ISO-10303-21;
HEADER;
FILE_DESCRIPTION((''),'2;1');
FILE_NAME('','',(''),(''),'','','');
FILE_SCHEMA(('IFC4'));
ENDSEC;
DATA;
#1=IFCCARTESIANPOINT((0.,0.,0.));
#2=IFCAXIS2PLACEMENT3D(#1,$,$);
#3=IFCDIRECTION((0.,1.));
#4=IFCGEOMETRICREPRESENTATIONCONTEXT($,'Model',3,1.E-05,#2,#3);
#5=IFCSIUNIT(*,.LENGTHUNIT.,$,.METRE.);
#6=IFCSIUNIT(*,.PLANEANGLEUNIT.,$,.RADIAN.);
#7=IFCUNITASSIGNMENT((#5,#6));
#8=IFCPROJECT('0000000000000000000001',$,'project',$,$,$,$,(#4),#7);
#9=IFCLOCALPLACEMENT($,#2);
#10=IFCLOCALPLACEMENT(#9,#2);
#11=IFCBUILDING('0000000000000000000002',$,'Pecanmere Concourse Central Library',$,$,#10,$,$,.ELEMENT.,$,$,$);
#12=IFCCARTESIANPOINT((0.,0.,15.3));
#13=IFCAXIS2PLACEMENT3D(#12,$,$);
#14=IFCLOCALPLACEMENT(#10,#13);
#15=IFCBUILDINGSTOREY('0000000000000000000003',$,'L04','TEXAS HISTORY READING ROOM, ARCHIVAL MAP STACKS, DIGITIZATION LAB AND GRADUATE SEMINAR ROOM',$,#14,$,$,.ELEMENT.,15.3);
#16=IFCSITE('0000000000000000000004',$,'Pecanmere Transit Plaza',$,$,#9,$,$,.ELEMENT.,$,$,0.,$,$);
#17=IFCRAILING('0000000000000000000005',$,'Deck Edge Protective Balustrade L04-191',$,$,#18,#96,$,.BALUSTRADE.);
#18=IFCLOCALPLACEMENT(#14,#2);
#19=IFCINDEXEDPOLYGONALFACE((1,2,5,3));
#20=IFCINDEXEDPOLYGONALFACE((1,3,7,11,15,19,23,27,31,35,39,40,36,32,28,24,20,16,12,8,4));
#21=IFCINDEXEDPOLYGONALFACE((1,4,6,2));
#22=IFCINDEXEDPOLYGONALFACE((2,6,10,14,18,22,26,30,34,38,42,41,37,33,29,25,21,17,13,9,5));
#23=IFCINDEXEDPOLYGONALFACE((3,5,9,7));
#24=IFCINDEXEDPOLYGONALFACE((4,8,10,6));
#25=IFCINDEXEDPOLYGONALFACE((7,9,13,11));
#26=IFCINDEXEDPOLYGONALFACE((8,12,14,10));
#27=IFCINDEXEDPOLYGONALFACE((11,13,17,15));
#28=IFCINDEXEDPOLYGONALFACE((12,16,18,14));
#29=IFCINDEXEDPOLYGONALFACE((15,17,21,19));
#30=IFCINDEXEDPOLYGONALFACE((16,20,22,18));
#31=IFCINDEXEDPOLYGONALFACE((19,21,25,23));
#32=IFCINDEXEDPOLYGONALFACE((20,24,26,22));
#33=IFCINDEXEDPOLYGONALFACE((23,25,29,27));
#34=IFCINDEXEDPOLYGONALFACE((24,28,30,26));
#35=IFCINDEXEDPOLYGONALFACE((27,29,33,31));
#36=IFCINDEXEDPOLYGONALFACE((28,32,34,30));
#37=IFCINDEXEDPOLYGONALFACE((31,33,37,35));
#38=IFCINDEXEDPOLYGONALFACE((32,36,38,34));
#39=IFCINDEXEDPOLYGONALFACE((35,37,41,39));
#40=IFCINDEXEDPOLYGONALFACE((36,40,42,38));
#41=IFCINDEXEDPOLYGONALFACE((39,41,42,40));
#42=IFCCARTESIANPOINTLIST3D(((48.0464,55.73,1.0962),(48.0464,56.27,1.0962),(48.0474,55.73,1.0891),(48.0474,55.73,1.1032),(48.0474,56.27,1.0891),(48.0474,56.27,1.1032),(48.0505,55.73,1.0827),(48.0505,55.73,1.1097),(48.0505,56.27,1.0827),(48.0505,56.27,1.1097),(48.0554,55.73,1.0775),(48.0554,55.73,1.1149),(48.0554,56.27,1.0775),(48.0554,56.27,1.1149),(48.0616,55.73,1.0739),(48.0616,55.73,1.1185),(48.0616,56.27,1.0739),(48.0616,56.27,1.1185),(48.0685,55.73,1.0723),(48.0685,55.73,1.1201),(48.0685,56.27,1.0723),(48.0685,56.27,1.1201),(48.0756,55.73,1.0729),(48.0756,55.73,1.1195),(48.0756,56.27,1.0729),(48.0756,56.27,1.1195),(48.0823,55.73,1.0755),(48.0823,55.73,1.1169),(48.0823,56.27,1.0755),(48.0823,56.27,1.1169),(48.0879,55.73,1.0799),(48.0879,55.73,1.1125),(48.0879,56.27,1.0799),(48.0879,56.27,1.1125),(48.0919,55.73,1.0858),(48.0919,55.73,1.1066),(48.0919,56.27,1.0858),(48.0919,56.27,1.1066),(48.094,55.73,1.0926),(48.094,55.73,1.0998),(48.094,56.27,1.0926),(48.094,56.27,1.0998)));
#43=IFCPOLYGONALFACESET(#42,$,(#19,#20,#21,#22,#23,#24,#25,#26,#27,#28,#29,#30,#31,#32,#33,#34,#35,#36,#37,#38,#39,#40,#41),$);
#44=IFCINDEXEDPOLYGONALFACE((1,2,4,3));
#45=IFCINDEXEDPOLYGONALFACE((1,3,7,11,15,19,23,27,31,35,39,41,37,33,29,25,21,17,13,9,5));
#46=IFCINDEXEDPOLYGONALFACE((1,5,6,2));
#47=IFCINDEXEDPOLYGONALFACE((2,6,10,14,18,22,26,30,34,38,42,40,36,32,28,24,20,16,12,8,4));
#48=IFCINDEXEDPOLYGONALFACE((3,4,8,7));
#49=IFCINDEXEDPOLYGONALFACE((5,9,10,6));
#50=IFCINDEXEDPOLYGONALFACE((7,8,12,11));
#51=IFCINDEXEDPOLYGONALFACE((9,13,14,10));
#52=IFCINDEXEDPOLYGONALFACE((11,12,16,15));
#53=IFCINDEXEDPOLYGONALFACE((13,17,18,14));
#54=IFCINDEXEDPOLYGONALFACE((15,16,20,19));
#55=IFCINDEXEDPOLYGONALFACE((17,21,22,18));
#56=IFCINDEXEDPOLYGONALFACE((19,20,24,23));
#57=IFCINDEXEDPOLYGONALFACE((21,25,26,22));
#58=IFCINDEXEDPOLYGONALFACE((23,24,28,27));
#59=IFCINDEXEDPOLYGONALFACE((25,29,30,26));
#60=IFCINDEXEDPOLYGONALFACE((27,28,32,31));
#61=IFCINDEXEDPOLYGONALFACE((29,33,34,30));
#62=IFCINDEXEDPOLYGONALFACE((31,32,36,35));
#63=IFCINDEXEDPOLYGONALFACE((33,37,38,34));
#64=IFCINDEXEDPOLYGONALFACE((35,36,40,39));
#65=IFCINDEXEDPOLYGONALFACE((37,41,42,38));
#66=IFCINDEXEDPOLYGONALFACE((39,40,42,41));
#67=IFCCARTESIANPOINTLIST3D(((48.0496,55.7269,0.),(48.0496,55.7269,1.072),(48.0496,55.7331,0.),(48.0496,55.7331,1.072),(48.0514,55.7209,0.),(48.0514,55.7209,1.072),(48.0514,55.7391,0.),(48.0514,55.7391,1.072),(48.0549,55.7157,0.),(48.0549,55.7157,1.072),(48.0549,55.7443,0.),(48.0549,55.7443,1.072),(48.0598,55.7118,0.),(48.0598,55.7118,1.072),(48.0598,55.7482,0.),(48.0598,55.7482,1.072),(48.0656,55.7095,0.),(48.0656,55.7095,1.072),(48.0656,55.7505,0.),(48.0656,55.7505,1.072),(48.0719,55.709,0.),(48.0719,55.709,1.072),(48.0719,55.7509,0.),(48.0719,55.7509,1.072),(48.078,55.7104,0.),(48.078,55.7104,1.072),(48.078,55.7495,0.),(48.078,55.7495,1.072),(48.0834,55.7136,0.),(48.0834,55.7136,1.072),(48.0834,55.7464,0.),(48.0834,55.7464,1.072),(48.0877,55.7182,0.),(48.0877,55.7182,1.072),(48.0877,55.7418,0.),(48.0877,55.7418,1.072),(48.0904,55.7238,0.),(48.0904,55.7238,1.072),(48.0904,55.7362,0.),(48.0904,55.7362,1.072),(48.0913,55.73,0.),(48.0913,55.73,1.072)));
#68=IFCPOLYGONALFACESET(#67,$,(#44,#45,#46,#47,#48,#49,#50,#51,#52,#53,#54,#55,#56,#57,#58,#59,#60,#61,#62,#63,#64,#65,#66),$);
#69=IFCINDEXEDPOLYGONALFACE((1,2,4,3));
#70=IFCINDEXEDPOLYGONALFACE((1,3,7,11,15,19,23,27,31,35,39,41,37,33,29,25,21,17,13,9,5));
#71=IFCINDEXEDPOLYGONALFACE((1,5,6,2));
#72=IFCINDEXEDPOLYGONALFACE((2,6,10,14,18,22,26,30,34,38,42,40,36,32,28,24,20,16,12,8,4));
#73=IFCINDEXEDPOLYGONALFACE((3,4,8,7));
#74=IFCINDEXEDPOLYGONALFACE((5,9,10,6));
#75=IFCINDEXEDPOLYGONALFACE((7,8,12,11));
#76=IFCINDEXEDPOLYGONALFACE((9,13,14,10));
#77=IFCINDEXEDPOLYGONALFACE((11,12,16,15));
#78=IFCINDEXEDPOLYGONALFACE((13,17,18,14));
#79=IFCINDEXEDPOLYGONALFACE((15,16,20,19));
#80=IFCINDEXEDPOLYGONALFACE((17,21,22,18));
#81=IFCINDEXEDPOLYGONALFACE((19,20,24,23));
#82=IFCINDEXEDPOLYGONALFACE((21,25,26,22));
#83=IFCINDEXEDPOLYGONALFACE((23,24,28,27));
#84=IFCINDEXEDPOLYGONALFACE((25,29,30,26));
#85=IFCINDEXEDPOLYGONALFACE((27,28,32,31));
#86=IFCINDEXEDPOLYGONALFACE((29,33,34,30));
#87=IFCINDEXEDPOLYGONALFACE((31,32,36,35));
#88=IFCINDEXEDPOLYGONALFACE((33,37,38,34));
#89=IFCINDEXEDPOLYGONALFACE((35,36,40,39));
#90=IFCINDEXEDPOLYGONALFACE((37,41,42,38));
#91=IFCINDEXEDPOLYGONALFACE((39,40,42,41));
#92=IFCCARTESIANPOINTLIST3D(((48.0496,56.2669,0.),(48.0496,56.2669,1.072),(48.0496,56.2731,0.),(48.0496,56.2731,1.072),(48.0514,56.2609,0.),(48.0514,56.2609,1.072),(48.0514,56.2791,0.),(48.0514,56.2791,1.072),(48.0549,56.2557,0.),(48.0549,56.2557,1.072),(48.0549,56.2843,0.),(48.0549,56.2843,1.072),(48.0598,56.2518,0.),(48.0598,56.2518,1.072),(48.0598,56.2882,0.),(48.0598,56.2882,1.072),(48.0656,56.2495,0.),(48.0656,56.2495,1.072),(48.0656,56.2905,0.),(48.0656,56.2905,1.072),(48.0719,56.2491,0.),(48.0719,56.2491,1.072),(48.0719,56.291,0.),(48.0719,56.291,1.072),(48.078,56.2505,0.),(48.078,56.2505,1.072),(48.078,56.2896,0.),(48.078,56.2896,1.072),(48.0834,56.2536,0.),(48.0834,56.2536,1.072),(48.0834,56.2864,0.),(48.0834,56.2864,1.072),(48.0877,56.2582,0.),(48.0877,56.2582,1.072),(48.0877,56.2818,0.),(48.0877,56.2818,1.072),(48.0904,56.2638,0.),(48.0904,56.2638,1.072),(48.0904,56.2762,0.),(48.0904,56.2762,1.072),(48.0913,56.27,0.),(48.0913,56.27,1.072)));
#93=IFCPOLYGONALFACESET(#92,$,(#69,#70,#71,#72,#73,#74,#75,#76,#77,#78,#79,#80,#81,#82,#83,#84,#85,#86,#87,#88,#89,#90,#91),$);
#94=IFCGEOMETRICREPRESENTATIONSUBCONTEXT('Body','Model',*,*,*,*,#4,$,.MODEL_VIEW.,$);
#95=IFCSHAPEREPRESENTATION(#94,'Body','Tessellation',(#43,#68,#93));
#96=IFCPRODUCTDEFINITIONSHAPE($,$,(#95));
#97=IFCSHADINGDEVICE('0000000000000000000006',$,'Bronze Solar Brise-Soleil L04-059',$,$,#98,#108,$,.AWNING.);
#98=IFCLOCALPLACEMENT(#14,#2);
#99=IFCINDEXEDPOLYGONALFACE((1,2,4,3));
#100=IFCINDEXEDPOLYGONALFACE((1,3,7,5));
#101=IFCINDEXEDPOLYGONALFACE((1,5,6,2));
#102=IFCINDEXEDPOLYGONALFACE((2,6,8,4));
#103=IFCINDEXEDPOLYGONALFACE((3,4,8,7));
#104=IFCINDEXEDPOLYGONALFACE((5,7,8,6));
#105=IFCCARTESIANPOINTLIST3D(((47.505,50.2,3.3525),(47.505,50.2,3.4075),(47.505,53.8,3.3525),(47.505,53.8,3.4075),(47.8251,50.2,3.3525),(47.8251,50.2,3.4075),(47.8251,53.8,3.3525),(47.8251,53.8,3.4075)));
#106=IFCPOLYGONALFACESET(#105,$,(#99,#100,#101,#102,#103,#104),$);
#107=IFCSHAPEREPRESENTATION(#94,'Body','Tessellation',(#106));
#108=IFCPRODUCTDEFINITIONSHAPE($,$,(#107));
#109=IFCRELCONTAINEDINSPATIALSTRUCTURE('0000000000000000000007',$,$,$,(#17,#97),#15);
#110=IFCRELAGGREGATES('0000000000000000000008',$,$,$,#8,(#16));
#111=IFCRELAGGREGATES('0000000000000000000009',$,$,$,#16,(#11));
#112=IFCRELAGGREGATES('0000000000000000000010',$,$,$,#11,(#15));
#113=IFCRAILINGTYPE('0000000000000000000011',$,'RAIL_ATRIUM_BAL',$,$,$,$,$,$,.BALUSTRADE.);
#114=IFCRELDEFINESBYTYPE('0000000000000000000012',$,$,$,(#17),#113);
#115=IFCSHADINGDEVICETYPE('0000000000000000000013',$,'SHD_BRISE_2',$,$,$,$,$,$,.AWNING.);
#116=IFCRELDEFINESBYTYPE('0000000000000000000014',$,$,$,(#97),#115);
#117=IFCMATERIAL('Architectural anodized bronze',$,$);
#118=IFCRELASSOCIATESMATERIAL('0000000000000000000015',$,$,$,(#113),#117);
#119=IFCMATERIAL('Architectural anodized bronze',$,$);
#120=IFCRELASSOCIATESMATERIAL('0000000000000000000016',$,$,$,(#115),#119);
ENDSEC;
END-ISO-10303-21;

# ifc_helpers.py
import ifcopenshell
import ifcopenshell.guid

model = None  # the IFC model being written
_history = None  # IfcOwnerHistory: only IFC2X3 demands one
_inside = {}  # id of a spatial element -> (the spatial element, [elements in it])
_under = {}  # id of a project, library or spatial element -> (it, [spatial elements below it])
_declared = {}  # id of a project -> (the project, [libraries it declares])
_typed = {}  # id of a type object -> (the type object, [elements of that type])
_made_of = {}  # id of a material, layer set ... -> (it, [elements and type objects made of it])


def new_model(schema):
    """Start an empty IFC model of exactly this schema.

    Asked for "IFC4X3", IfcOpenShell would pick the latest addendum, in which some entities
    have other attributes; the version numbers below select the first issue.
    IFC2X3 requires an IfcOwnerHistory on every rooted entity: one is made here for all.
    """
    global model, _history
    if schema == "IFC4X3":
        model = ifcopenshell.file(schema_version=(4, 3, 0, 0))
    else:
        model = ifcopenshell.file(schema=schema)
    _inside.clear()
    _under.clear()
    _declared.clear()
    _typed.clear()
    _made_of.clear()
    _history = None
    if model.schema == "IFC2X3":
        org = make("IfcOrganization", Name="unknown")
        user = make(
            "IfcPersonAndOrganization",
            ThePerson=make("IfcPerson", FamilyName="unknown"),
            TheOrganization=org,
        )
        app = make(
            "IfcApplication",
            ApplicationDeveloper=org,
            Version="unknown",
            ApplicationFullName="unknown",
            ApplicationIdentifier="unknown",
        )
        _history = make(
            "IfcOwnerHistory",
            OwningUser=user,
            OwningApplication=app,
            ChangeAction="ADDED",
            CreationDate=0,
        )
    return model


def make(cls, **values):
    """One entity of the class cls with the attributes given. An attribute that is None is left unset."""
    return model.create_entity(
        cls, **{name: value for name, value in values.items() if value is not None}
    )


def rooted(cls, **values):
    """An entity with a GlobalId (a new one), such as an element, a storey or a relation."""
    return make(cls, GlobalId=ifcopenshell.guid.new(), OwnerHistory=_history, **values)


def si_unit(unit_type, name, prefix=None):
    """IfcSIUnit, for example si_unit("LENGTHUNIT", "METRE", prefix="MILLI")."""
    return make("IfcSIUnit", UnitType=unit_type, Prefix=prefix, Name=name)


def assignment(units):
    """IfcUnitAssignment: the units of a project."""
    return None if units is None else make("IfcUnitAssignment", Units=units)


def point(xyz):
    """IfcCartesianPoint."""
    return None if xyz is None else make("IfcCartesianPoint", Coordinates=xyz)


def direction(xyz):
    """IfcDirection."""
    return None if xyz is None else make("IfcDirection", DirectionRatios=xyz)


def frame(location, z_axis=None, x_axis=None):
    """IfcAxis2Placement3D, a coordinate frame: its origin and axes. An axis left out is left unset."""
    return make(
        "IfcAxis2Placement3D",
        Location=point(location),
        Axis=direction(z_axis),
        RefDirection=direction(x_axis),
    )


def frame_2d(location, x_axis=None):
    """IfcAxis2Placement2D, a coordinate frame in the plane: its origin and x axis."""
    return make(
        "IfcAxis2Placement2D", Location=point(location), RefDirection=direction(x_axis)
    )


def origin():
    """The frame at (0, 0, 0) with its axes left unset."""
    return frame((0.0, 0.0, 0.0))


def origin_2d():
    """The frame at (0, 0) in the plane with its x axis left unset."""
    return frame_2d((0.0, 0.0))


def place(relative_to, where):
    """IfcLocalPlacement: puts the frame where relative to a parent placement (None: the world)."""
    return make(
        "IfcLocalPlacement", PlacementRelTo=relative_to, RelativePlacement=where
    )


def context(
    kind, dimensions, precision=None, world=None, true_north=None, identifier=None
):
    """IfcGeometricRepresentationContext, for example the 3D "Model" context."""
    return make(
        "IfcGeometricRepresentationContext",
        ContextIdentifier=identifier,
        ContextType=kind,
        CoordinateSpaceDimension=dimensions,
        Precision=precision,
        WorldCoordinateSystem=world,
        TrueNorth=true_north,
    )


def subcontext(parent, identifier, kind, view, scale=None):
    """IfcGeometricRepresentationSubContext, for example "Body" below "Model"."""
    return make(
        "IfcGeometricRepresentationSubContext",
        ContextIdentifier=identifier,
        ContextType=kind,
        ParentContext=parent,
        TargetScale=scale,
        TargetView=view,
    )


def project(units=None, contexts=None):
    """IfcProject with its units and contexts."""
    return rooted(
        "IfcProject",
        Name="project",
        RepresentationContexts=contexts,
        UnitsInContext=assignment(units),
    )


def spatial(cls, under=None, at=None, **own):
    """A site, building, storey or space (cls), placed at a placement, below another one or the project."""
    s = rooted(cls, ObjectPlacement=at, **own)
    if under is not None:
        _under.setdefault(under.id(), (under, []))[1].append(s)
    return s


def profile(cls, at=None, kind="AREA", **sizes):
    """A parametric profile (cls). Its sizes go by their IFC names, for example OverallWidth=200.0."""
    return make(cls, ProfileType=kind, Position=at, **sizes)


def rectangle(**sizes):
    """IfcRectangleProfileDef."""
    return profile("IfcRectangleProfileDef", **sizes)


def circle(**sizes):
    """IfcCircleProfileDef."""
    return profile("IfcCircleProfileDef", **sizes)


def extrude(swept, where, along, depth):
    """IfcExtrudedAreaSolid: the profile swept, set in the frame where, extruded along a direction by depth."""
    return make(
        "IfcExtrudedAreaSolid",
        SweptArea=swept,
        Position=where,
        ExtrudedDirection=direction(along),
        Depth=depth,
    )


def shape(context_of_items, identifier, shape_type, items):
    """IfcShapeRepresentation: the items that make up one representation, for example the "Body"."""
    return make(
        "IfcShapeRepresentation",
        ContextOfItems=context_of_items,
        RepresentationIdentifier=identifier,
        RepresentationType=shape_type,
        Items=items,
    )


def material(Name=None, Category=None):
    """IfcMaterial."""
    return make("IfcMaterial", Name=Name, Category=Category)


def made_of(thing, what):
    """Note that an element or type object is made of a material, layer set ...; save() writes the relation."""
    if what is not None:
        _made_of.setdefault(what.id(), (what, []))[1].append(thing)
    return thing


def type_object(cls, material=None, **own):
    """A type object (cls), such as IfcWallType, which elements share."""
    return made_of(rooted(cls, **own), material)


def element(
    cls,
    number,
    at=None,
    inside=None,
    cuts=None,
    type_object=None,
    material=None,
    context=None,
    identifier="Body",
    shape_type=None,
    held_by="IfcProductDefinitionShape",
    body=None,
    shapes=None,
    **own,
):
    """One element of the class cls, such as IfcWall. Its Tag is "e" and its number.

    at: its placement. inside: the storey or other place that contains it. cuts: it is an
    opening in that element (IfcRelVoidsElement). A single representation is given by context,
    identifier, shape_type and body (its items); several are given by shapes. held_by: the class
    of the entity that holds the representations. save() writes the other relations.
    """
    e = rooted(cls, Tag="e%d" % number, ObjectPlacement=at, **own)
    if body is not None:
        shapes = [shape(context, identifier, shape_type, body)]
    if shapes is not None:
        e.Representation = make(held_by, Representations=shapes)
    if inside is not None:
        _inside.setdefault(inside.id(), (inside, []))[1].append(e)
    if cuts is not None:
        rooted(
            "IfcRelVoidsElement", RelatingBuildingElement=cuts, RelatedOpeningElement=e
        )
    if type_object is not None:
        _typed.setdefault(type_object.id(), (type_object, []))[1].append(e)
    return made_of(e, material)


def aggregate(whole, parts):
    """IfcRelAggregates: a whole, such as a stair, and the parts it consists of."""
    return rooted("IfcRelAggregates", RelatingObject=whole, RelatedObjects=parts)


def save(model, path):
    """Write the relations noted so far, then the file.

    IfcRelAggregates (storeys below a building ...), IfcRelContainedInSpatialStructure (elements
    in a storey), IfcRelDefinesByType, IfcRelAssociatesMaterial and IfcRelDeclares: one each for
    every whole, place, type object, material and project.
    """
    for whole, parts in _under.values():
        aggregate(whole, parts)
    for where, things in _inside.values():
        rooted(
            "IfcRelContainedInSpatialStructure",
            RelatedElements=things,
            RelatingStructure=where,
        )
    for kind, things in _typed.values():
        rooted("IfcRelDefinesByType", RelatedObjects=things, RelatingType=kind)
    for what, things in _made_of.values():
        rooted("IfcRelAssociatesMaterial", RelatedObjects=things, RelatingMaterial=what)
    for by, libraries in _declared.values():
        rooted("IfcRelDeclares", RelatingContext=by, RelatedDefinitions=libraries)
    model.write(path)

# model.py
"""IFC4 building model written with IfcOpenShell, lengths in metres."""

from ifc_helpers import new_model, si_unit, direction, frame, origin, origin_2d, place, context, subcontext, project, spatial, rectangle, circle, extrude, material, type_object, element, save


model = new_model("IFC4")

# Units and contexts
model_context = context("Model", 3, precision=1e-05, world=origin(), true_north=direction((0.0, 1.0)))
body_context = subcontext(model_context, "Body", "Model", "MODEL_VIEW")
ifc_project = project(units=[si_unit("LENGTHUNIT", "METRE"), si_unit("PLANEANGLEUNIT", "RADIAN")], contexts=[model_context])

# Site, building, storey
site_placement = place(None, origin())
site = spatial("IfcSite", under=ifc_project, at=site_placement, Name="Pecanmere Transit Plaza", CompositionType="ELEMENT", RefElevation=0.0)
building_placement = place(site_placement, origin())
building = spatial("IfcBuilding", under=site, at=building_placement, Name="Pecanmere Concourse Central Library", CompositionType="ELEMENT")
storey_placement = place(building_placement, frame((0.0, 0.0, 15.3)))
storey = spatial("IfcBuildingStorey", under=building, at=storey_placement, Name="L04", Description="TEXAS HISTORY READING ROOM, ARCHIVAL MAP STACKS, DIGITIZATION LAB AND GRADUATE SEMINAR ROOM", CompositionType="ELEMENT", Elevation=15.3)

# Railing
ifc_material_1 = material(Name="Architectural anodized bronze")
railing_type = type_object("IfcRailingType", Name="RAIL_ATRIUM_BAL", PredefinedType="BALUSTRADE", material=ifc_material_1)
railing_1_placement = place(storey_placement, frame((48.0703, 55.73, 0.0)))
element("IfcRailing", 1, at=railing_1_placement, inside=storey, type_object=railing_type, Name="Deck Edge Protective Balustrade L04-191", PredefinedType="BALUSTRADE", context=body_context, shape_type="SweptSolid", body=[
    extrude(circle(Radius=0.0239, at=origin_2d()), frame((0.0, 0.0, 1.0962), z_axis=(0.0, 1.0, 0.0), x_axis=(-1.0, 0.0, 0.0)), (0.0, 0.0, 1.0), 0.54),
    extrude(circle(Radius=0.021, at=origin_2d()), origin(), (0.0, 0.0, 1.0), 1.072),
    extrude(circle(Radius=0.021, at=origin_2d()), frame((0.0, 0.54, 0.0)), (0.0, 0.0, 1.0), 1.072),
])

# Shading device
ifc_material_2 = material(Name="Architectural anodized bronze")
shading_device_type = type_object("IfcShadingDeviceType", Name="SHD_BRISE_2", PredefinedType="AWNING", material=ifc_material_2)
shading_device_placement = place(storey_placement, frame((47.665, 52.0, 3.3525), z_axis=(0.0, 0.0, 1.0), x_axis=(0.0, -1.0, 0.0)))
element("IfcShadingDevice", 2, at=shading_device_placement, inside=storey, type_object=shading_device_type, Name="Bronze Solar Brise-Soleil L04-059", PredefinedType="AWNING", context=body_context, shape_type="SweptSolid", body=[
    extrude(rectangle(XDim=3.6001, YDim=0.3201, at=origin_2d()), origin(), (0.0, 0.0, 1.0), 0.0549),
])

save(model, "model.ifc")
